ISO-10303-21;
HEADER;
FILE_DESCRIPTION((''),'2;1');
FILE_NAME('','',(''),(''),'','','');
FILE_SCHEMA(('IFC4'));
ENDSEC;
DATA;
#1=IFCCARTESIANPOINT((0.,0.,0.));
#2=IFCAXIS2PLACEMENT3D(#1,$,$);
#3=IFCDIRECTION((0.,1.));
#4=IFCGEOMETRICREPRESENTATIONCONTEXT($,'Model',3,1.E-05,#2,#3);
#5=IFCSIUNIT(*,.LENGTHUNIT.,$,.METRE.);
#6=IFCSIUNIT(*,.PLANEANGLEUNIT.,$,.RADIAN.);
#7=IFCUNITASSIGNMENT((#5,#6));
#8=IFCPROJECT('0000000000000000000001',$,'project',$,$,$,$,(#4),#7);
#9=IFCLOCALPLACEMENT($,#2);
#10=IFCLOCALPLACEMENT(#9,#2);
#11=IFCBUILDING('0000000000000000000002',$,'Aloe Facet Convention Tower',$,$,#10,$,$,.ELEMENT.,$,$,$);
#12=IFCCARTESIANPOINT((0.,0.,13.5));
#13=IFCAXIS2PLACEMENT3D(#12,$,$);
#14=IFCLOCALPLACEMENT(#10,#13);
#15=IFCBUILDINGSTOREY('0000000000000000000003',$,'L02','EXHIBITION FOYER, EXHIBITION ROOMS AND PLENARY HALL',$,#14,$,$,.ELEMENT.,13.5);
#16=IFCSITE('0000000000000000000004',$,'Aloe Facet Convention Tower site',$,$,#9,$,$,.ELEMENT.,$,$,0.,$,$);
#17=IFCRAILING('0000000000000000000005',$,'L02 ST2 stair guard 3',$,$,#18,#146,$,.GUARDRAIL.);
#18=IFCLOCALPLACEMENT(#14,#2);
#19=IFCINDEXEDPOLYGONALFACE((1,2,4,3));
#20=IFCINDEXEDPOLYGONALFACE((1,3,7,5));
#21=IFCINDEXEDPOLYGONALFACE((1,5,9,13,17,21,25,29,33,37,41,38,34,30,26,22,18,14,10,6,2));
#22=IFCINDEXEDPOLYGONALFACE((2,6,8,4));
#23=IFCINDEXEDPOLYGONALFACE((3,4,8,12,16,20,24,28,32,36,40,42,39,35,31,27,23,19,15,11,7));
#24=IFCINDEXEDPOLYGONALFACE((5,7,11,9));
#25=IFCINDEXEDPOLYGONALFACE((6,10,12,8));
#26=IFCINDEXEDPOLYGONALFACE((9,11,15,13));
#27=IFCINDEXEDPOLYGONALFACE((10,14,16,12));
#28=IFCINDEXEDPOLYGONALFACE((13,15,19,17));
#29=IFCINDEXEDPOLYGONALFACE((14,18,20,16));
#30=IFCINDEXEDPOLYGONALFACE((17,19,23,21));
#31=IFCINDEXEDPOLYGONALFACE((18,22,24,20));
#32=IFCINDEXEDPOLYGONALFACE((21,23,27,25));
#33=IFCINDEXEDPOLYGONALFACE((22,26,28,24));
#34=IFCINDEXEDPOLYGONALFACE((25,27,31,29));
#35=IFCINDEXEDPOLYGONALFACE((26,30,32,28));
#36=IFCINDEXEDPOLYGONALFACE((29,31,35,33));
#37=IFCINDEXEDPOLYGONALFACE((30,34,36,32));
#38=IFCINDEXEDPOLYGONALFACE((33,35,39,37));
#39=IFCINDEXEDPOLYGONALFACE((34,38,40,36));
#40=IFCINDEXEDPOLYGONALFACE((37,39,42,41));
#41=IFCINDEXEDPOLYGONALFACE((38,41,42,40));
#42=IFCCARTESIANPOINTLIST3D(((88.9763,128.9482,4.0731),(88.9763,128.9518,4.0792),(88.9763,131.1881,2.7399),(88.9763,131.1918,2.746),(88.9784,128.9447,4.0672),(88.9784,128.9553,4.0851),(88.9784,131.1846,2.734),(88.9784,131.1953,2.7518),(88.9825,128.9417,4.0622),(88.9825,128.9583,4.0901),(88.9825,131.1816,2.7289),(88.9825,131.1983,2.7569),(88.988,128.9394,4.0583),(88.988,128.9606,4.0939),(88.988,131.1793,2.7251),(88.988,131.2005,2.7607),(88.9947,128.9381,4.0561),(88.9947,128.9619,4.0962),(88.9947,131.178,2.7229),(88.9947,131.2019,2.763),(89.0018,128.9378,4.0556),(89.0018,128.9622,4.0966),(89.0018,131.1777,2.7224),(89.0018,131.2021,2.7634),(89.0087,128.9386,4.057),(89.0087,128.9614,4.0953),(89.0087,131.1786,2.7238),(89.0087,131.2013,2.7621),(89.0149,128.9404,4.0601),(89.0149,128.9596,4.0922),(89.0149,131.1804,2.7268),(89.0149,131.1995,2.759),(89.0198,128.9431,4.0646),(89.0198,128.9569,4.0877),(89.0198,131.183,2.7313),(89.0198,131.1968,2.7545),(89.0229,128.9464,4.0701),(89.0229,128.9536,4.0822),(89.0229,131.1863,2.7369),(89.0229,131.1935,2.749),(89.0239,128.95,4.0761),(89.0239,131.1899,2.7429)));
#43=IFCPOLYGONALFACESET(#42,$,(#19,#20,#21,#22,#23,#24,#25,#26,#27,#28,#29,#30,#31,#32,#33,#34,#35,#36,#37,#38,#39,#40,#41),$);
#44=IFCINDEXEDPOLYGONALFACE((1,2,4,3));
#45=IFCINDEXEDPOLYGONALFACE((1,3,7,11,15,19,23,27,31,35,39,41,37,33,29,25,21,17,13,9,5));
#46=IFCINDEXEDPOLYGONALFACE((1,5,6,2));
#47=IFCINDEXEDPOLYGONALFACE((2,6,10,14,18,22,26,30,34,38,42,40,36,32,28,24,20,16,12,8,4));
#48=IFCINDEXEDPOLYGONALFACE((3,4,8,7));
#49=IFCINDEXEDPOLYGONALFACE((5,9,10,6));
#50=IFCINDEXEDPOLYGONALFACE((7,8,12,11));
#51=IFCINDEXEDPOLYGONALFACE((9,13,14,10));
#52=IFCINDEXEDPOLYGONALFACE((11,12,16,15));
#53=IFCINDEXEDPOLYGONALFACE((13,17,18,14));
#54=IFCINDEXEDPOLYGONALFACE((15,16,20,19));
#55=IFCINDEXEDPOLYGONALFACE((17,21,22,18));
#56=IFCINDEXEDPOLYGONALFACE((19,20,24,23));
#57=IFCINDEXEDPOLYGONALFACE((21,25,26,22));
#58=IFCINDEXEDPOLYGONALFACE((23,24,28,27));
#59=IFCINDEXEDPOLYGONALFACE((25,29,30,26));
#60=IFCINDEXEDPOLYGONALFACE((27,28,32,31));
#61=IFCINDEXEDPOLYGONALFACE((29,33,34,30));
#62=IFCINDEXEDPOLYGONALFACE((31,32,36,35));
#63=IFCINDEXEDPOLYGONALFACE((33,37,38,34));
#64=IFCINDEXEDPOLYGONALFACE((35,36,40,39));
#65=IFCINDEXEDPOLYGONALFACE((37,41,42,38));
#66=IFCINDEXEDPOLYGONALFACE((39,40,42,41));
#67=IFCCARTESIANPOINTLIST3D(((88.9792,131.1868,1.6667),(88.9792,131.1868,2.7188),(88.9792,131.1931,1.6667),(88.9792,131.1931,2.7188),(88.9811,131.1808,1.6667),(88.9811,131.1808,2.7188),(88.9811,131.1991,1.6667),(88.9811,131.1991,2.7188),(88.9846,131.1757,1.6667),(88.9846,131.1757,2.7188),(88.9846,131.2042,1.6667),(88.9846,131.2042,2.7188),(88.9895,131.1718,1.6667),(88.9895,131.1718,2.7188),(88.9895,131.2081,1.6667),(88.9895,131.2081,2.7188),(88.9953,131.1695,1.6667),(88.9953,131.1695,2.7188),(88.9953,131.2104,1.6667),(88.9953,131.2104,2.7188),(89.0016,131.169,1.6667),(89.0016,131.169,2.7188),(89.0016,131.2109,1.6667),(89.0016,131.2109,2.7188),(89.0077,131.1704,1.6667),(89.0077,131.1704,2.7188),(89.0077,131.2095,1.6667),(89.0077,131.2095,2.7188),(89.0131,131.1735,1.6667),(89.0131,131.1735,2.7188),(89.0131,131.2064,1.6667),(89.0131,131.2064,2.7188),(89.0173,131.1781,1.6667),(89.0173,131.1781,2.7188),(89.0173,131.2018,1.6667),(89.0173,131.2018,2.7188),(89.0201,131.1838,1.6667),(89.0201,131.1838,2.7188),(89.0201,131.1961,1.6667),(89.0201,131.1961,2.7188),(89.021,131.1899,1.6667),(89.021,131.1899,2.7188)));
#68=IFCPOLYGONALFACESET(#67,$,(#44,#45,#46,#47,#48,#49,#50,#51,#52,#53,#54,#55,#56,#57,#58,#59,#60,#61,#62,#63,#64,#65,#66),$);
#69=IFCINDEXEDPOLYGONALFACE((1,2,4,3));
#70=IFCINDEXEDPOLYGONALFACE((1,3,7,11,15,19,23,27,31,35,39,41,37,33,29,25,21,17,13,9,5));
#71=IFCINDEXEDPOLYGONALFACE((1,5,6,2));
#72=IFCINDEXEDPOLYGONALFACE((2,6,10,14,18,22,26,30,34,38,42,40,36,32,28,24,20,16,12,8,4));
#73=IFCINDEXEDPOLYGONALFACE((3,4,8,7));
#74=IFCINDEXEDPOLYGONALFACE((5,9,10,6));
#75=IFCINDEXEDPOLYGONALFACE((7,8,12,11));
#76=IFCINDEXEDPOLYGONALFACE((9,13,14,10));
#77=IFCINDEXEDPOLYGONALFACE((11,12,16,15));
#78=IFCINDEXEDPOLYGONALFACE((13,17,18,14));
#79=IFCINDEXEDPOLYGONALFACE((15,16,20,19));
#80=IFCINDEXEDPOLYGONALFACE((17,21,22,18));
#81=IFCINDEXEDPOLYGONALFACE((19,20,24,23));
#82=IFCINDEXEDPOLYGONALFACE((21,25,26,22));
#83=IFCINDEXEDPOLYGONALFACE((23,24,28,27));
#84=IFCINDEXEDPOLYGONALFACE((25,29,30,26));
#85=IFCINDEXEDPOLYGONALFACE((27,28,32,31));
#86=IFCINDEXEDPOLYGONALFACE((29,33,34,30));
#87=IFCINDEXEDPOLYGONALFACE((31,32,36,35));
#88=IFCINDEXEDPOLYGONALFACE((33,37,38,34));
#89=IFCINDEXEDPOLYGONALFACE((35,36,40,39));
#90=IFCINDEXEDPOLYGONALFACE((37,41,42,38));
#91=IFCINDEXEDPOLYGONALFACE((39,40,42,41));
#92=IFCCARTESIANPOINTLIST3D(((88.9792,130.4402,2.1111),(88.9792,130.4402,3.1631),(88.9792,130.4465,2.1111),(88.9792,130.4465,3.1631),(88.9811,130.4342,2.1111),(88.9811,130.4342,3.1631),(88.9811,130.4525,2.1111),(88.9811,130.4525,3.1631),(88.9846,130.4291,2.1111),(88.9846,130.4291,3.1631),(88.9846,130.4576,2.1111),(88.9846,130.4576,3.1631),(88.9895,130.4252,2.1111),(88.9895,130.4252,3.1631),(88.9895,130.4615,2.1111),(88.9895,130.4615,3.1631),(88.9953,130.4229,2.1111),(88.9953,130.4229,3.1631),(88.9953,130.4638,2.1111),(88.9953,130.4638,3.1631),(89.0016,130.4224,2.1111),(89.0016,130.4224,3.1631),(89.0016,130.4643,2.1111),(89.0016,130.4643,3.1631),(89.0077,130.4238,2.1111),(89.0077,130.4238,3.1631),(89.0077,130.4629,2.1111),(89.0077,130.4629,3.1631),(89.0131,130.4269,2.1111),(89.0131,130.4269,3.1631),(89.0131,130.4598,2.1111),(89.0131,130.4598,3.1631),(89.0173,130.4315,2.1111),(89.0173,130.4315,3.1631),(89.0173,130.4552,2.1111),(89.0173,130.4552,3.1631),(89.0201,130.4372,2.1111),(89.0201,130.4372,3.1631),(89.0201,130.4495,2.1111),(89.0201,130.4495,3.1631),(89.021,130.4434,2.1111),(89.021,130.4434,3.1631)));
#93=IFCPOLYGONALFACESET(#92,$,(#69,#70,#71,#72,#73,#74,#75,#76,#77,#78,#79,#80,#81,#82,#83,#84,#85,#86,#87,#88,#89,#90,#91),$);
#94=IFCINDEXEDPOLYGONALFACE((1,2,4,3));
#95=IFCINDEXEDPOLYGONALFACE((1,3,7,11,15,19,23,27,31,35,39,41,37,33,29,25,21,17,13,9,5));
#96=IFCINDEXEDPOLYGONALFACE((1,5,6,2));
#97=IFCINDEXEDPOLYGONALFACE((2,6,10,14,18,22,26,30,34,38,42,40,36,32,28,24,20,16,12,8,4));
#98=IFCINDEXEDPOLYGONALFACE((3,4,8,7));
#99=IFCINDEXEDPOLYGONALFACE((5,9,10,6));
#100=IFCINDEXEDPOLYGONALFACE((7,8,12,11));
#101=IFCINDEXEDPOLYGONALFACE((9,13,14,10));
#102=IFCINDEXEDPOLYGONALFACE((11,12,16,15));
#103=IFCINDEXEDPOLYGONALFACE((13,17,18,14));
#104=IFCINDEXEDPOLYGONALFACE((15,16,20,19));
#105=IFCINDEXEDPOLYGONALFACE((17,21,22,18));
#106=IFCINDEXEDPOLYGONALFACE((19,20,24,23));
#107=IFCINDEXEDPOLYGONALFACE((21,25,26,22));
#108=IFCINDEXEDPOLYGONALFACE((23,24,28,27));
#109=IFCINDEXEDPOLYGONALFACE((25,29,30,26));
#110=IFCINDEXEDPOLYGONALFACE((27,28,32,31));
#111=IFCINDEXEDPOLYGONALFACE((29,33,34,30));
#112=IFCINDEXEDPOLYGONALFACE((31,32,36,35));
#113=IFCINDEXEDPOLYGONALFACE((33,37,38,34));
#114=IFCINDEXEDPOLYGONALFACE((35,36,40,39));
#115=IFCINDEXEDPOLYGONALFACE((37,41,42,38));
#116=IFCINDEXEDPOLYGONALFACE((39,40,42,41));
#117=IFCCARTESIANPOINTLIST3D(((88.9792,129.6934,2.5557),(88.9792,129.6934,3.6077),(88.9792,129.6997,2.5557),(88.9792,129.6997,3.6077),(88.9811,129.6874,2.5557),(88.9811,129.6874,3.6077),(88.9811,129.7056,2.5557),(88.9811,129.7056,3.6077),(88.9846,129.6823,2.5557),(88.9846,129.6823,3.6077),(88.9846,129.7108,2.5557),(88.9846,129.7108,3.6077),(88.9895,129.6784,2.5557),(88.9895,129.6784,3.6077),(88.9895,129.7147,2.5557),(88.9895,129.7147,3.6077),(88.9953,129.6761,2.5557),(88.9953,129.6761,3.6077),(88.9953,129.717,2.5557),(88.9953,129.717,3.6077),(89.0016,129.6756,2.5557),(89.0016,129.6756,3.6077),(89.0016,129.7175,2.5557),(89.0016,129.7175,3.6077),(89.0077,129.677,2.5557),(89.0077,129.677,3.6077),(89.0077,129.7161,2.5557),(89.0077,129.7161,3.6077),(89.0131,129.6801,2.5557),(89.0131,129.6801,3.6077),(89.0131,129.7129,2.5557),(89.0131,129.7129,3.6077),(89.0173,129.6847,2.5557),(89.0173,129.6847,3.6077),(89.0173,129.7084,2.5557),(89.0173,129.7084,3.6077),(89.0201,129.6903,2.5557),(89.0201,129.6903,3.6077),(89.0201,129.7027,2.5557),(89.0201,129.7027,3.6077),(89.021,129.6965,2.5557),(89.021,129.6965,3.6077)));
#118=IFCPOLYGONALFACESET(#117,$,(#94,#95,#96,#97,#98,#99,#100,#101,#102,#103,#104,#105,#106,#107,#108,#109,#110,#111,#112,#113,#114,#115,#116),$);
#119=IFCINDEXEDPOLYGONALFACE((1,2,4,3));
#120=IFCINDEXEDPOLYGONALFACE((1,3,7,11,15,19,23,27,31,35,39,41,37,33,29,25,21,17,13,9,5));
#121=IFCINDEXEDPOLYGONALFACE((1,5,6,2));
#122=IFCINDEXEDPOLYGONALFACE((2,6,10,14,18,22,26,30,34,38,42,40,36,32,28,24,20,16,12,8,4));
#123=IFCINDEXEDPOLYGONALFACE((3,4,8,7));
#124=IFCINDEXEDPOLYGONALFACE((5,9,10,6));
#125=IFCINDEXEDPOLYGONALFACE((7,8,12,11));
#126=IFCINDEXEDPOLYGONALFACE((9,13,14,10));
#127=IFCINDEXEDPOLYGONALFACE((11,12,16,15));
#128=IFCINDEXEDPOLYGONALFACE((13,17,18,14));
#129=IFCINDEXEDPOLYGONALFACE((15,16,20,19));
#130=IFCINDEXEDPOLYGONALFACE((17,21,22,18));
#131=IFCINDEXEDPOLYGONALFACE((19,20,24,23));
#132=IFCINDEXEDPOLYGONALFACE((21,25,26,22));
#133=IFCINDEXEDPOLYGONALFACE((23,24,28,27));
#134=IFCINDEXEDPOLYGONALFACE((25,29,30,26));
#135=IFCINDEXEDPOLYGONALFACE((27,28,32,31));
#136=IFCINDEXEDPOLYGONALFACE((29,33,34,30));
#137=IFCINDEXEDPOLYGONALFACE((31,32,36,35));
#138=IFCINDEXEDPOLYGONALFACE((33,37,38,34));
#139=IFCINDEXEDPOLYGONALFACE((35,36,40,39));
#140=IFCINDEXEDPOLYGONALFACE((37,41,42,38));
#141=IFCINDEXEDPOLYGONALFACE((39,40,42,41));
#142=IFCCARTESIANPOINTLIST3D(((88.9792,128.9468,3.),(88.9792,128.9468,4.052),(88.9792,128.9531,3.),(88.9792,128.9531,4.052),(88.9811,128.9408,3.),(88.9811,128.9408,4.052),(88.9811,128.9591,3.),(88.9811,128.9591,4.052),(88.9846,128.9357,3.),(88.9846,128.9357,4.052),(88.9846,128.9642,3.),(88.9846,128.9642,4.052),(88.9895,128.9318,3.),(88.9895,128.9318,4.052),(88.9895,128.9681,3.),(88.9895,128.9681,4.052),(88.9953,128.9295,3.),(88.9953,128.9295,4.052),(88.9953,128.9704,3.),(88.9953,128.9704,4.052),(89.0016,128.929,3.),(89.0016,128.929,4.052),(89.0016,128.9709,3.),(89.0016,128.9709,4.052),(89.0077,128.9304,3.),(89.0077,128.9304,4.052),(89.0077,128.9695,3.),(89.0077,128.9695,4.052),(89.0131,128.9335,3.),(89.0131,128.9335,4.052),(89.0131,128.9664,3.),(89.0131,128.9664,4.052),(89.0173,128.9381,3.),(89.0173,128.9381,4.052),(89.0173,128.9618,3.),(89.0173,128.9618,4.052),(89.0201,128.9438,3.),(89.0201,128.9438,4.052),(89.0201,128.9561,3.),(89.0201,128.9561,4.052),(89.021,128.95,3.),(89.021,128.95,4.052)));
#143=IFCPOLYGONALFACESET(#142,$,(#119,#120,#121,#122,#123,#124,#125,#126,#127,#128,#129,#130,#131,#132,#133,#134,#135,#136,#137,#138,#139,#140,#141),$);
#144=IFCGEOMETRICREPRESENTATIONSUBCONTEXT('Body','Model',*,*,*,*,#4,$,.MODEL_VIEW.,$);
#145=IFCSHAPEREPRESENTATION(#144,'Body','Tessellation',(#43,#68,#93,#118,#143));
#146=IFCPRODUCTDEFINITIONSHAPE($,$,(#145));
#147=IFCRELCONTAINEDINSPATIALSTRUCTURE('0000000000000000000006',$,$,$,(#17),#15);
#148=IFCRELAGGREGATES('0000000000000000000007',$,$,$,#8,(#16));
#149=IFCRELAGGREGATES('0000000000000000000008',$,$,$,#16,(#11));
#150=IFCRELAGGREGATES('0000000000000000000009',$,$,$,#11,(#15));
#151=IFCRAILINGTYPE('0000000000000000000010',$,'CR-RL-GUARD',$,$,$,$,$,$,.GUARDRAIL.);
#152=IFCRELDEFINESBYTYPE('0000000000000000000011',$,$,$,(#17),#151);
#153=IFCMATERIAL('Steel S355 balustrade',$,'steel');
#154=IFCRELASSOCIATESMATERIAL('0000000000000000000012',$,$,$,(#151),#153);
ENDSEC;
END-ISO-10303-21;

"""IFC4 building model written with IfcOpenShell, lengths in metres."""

from ifc_helpers import new_model, si_unit, direction, frame, origin, origin_2d, place, context, subcontext, project, spatial, circle, extrude, material, type_object, element, save


model = new_model("IFC4")

# Units and contexts
model_context = context("Model", 3, precision=1e-05, world=origin(), true_north=direction((0.0, 1.0)))
body_context = subcontext(model_context, "Body", "Model", "MODEL_VIEW")
ifc_project = project(units=[si_unit("LENGTHUNIT", "METRE"), si_unit("PLANEANGLEUNIT", "RADIAN")], contexts=[model_context])

# Site, building, storey
site_placement = place(None, origin())
site = spatial("IfcSite", under=ifc_project, at=site_placement, Name="Aloe Facet Convention Tower site", CompositionType="ELEMENT", RefElevation=0.0)
building_placement = place(site_placement, origin())
building = spatial("IfcBuilding", under=site, at=building_placement, Name="Aloe Facet Convention Tower", CompositionType="ELEMENT")
storey_placement = place(building_placement, frame((0.0, 0.0, 13.5)))
storey = spatial("IfcBuildingStorey", under=building, at=storey_placement, Name="L02", Description="EXHIBITION FOYER, EXHIBITION ROOMS AND PLENARY HALL", CompositionType="ELEMENT", Elevation=13.5)

# Railing
ifc_material_1 = material(Name="Steel S355 balustrade", Category="steel")
railing_type_1 = type_object("IfcRailingType", Name="CR-RL-GUARD", PredefinedType="GUARDRAIL", material=ifc_material_1)
railing_1_placement = place(storey_placement, frame((89.0, 131.1899, 1.6667)))
element("IfcRailing", 1, at=railing_1_placement, inside=storey, type_object=railing_type_1, Name="L02 ST2 stair guard 3", PredefinedType="GUARDRAIL", context=body_context, shape_type="SweptSolid", body=[
    extrude(circle(Radius=0.0239, at=origin_2d()), frame((0.0, 0.0, 1.0762), z_axis=(0.0, -0.859306, 0.511462), x_axis=(1.0, 0.0, 0.0)), (0.0, 0.0, 1.0), 2.6067),
    extrude(circle(Radius=0.021, at=origin_2d()), origin(), (0.0, 0.0, 1.0), 1.052),
    extrude(circle(Radius=0.021, at=origin_2d()), frame((0.0, -0.7466, 0.4443)), (0.0, 0.0, 1.0), 1.052),
    extrude(circle(Radius=0.021, at=origin_2d()), frame((0.0, -1.4934, 0.8889)), (0.0, 0.0, 1.0), 1.052),
    extrude(circle(Radius=0.021, at=origin_2d()), frame((0.0, -2.24, 1.3333)), (0.0, 0.0, 1.0), 1.052),
])

save(model, "model.ifc")
